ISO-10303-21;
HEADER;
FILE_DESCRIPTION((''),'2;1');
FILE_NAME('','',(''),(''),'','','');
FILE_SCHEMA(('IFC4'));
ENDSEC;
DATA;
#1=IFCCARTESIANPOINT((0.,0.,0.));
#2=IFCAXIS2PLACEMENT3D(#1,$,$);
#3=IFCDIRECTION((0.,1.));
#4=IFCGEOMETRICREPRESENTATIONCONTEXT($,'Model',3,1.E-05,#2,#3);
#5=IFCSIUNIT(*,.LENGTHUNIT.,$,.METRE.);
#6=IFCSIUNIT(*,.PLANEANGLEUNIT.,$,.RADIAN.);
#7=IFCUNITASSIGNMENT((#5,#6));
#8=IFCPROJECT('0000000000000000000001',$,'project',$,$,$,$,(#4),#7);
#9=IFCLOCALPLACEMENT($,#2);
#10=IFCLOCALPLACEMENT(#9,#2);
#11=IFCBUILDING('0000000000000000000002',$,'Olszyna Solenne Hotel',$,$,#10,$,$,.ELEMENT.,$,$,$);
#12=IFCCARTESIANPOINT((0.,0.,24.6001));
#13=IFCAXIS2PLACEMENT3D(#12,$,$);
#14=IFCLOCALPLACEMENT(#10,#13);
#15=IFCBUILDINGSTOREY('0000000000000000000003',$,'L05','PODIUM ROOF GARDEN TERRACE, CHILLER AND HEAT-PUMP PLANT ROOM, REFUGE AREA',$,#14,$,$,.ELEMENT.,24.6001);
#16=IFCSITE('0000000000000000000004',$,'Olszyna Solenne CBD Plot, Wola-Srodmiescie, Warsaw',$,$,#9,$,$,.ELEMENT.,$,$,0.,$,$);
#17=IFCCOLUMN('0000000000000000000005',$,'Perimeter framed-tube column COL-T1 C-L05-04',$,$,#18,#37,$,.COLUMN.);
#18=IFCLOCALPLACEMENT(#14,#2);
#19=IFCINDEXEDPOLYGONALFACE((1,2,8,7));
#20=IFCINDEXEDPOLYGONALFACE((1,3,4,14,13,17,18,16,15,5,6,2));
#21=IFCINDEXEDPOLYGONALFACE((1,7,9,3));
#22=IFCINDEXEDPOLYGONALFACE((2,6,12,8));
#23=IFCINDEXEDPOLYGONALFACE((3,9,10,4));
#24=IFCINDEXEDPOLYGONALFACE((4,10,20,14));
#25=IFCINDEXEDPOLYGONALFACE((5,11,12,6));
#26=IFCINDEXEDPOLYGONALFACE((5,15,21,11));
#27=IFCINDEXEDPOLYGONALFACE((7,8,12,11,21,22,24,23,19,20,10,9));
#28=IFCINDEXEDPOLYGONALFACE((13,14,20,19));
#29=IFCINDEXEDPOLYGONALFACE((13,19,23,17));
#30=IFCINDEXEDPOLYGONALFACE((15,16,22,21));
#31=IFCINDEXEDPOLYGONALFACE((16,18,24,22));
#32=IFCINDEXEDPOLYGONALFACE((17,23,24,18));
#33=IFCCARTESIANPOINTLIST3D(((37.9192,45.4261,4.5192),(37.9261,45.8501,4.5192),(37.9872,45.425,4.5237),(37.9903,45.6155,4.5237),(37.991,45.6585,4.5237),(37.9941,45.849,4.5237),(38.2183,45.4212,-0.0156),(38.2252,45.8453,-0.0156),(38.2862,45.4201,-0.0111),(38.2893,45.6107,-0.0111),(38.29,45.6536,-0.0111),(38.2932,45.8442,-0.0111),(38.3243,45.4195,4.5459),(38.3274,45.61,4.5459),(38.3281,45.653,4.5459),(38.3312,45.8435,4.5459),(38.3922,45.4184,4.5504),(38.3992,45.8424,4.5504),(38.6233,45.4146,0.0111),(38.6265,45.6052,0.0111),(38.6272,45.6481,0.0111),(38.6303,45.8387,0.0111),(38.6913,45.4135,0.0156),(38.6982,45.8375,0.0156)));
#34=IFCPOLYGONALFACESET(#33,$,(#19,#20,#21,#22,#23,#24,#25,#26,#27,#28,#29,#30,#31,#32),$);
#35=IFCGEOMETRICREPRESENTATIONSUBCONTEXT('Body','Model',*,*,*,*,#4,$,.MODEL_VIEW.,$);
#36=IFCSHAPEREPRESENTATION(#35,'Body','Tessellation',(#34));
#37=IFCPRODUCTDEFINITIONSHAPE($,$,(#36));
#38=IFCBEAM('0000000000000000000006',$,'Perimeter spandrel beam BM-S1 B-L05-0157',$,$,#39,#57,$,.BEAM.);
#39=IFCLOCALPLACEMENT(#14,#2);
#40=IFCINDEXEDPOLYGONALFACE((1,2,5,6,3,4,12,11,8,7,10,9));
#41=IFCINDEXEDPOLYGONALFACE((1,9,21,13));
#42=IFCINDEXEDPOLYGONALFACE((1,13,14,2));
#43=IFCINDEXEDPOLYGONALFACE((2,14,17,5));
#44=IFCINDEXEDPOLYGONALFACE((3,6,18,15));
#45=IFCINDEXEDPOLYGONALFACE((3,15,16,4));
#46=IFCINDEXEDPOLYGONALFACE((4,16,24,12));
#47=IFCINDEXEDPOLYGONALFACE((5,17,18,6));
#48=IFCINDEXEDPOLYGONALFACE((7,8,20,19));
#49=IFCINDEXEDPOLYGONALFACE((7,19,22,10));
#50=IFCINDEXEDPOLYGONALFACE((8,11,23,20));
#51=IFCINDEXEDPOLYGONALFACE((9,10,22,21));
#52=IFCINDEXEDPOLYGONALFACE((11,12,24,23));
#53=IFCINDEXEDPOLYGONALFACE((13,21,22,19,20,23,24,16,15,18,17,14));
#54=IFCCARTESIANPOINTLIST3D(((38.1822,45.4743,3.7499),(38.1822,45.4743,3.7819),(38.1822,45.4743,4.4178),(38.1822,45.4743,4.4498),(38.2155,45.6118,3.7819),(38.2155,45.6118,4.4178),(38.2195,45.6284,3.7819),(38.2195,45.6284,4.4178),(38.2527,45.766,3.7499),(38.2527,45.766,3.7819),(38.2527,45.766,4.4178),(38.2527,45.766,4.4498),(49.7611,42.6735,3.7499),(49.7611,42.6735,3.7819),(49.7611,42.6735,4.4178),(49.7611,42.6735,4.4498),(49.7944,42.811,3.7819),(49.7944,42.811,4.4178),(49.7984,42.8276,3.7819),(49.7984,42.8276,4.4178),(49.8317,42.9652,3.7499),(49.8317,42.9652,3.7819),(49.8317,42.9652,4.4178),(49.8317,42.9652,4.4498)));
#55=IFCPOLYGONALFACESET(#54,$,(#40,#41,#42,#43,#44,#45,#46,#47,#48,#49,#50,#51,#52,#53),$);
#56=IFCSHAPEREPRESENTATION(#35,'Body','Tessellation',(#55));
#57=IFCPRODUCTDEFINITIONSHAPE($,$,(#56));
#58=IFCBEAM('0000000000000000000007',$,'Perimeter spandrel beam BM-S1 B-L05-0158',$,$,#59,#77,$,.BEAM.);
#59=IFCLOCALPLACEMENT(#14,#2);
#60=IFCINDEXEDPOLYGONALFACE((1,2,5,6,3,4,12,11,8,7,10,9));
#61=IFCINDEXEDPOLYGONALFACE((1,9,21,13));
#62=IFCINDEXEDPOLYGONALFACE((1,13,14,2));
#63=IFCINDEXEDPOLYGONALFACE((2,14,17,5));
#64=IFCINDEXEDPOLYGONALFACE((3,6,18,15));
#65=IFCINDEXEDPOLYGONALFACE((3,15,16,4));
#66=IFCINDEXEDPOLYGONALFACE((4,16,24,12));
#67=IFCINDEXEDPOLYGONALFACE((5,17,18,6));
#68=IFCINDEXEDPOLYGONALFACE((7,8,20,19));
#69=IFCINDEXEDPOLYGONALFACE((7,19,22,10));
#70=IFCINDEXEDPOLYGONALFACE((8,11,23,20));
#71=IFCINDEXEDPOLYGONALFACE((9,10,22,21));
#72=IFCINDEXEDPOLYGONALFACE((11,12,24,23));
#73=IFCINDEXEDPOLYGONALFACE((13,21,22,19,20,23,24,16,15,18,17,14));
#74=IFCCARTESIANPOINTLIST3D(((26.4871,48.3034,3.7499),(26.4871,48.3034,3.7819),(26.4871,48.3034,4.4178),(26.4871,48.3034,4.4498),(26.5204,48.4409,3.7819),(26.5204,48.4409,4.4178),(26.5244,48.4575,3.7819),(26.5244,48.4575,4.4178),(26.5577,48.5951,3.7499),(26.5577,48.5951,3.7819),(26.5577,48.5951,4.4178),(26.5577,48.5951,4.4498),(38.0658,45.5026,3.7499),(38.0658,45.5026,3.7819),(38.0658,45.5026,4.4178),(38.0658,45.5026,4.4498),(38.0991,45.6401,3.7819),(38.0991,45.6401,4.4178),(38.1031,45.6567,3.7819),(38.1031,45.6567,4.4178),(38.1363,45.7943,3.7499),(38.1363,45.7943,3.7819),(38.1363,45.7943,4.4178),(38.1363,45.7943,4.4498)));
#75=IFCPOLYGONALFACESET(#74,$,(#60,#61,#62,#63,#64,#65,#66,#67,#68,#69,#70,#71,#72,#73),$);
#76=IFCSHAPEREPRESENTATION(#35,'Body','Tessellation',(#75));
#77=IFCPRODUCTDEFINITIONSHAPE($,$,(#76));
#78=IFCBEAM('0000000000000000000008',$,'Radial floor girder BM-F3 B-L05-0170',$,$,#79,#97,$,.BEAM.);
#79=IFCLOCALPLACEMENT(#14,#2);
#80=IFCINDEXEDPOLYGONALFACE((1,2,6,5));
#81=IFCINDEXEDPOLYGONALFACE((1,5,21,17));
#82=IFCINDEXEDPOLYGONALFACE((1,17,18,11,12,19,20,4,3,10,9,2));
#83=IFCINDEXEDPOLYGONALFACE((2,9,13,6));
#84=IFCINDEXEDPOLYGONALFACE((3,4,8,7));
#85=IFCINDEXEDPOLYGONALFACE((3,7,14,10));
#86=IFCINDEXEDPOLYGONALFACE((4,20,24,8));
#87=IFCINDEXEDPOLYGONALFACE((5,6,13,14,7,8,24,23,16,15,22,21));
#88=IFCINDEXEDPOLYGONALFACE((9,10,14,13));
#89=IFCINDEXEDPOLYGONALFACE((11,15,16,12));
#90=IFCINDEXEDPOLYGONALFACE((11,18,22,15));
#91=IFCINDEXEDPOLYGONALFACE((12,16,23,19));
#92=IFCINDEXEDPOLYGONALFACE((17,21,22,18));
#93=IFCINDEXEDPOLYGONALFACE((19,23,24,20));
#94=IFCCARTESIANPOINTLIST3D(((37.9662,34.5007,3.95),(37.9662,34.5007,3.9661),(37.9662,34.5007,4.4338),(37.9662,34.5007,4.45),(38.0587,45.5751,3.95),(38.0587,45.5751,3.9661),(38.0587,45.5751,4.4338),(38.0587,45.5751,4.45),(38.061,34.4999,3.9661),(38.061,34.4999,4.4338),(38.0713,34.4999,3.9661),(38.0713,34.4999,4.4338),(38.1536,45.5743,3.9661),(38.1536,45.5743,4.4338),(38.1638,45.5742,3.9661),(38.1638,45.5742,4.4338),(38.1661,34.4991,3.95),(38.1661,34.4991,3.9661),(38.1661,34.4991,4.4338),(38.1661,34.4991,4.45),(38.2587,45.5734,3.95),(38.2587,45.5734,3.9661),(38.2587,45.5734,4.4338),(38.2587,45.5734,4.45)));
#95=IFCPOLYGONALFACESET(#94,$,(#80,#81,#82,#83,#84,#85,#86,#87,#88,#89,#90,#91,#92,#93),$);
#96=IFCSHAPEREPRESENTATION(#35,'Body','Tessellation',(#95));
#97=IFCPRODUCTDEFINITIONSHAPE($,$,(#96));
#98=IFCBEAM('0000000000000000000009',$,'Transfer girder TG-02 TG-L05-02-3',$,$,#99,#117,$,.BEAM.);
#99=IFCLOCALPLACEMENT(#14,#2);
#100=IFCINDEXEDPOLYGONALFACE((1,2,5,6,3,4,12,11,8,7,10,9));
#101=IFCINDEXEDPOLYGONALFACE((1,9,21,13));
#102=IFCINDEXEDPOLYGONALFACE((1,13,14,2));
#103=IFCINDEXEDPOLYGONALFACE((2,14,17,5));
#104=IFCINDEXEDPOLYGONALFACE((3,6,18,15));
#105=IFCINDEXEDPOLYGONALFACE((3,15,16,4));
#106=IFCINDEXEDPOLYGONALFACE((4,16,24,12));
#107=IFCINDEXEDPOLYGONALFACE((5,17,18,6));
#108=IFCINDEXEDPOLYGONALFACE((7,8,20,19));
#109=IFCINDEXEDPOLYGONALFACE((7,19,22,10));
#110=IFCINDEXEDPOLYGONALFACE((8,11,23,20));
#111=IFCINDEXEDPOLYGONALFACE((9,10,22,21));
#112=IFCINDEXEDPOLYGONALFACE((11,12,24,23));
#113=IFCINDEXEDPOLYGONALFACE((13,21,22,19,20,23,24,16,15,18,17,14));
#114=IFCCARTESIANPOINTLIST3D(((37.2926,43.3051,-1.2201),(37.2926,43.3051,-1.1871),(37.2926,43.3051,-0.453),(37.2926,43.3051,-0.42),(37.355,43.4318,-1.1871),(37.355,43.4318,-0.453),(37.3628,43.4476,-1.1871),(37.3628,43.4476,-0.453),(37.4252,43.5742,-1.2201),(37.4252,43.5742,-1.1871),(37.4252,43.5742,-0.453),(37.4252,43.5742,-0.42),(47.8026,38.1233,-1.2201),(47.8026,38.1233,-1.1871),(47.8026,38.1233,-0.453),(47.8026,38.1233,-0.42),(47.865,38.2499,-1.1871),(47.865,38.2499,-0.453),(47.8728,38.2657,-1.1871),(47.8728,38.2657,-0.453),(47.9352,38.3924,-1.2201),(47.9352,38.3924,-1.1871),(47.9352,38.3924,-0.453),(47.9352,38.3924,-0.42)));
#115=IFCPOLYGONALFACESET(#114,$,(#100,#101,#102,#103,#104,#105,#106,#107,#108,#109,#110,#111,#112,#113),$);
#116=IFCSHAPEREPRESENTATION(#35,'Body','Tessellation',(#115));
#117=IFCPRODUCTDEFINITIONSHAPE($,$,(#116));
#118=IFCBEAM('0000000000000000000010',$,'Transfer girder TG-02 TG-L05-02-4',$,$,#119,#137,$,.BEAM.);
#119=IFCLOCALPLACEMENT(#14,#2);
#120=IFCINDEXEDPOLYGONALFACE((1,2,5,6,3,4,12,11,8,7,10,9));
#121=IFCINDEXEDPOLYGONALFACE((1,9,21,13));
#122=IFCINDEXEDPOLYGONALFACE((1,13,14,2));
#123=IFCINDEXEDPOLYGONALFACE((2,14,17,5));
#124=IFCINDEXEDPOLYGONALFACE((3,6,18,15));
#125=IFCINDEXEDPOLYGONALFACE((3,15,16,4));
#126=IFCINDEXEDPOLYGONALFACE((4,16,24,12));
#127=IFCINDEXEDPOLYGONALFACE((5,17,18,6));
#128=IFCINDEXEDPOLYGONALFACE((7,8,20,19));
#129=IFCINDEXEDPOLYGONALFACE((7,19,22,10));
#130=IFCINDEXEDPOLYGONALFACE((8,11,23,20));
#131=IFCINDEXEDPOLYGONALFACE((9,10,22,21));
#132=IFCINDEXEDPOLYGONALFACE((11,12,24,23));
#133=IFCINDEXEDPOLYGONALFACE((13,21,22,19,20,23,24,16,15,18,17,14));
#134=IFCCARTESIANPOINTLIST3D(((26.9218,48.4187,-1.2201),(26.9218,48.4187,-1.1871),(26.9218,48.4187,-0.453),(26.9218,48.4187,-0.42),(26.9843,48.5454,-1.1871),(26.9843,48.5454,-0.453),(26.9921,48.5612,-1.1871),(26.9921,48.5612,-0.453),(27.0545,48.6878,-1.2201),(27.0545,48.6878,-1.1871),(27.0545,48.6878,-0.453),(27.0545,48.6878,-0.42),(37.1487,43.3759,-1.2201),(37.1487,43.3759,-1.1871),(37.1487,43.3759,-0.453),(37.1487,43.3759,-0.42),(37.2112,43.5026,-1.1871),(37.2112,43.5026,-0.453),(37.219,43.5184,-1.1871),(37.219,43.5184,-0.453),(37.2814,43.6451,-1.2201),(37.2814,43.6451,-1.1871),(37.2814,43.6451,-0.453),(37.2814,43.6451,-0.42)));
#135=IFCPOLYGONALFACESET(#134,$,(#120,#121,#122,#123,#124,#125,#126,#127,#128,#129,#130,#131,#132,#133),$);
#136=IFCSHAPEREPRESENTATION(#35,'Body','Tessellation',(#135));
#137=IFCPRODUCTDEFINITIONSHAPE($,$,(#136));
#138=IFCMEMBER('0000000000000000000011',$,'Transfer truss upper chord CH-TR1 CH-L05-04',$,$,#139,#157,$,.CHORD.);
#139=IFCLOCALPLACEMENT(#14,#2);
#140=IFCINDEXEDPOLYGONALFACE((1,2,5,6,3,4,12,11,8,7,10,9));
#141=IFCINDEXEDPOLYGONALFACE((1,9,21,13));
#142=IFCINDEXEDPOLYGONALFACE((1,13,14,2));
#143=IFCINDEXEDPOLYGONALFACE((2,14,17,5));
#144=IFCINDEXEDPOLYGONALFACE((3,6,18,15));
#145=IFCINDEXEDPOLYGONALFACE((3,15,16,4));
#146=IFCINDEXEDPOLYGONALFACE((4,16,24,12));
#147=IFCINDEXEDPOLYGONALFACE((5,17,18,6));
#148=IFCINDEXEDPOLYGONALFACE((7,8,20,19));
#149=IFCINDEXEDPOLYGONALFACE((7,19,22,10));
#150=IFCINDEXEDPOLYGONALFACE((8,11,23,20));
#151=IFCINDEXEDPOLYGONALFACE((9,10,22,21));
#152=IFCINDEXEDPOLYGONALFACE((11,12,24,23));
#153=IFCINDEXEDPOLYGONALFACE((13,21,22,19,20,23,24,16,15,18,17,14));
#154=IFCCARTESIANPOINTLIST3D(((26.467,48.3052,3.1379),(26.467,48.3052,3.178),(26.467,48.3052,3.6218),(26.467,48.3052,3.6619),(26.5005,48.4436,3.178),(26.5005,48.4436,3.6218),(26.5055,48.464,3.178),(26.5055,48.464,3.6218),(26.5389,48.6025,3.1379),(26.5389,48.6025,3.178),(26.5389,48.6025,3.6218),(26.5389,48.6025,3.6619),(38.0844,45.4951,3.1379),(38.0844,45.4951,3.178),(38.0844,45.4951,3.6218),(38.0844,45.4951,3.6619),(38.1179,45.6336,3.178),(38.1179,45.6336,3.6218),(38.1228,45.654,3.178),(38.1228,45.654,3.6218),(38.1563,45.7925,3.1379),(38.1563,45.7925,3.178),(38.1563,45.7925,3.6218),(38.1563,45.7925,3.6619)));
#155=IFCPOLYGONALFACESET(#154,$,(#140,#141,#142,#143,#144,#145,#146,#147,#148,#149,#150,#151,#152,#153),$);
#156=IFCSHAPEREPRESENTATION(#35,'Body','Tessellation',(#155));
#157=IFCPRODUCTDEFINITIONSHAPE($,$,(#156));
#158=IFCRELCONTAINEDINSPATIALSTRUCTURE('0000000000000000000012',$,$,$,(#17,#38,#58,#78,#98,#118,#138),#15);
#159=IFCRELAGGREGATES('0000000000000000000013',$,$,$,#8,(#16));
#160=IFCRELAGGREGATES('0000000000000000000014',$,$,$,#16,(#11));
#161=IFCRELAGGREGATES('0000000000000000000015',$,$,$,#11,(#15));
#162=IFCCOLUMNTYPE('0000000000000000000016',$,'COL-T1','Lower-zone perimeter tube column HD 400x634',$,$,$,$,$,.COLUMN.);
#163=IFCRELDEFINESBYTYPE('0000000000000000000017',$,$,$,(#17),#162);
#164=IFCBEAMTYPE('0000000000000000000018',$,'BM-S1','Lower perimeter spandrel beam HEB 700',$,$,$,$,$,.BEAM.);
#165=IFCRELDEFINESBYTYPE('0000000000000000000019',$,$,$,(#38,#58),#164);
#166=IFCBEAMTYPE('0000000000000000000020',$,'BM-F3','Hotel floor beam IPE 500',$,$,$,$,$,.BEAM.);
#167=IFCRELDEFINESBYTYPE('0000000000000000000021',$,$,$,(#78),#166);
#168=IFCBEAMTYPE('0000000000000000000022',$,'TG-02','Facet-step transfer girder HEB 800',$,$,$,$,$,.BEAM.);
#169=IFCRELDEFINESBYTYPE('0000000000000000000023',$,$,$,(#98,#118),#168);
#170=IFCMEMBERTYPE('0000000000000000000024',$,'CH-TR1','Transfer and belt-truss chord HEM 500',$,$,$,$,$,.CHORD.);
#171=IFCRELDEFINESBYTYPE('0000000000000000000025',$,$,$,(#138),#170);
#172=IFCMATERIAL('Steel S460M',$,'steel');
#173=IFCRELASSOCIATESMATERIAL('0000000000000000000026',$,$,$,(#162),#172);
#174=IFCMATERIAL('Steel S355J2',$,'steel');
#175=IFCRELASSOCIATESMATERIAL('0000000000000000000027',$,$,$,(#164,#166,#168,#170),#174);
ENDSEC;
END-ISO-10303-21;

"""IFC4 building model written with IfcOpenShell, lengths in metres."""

from ifc_helpers import new_model, si_unit, direction, frame, origin, origin_2d, place, context, subcontext, project, spatial, i_section, extrude, source, transform, mapped, material, material_profile, profile_set, type_object, element, save


model = new_model("IFC4")

# Units and contexts
model_context = context("Model", 3, precision=1e-05, world=origin(), true_north=direction((0.0, 1.0)))
body_context = subcontext(model_context, "Body", "Model", "MODEL_VIEW")
ifc_project = project(units=[si_unit("LENGTHUNIT", "METRE"), si_unit("PLANEANGLEUNIT", "RADIAN")], contexts=[model_context])

# Site, building, storey
site_placement = place(None, origin())
site = spatial("IfcSite", under=ifc_project, at=site_placement, Name="Olszyna Solenne CBD Plot, Wola-Srodmiescie, Warsaw", CompositionType="ELEMENT", RefElevation=0.0)
building_placement = place(site_placement, origin())
building = spatial("IfcBuilding", under=site, at=building_placement, Name="Olszyna Solenne Hotel", CompositionType="ELEMENT")
storey_placement = place(building_placement, frame((0.0, 0.0, 24.6001)))
storey = spatial("IfcBuildingStorey", under=building, at=storey_placement, Name="L05", Description="PODIUM ROOF GARDEN TERRACE, CHILLER AND HEAT-PUMP PLANT ROOM, REFUGE AREA", CompositionType="ELEMENT", Elevation=24.6001)

# Column
ifc_material_1 = material(Name="Steel S460M", Category="steel")
ifc_material_profile_1 = material_profile(ifc_material_1, i_section(OverallWidth=0.4241, OverallDepth=0.4741, WebThickness=0.043, FlangeThickness=0.0681, at=origin_2d()), Name="HD 400x634", Category="load-bearing")
ifc_profile_set_1 = profile_set([ifc_material_profile_1], Name="Steel S460M")
column_type = type_object("IfcColumnType", Name="COL-T1", Description="Lower-zone perimeter tube column HD 400x634", PredefinedType="COLUMN", material=ifc_profile_set_1)
shared_shape_1 = source(origin(), body_context, "Body", "SweptSolid", [
    extrude(i_section(OverallWidth=0.4241, OverallDepth=0.4741, WebThickness=0.043, FlangeThickness=0.0681, at=origin_2d()), origin(), (0.0, 0.0, 1.0), 4.5447),
])
column_placement = place(storey_placement, frame((38.4583, 45.6294, 0.0), z_axis=(-0.065806, 0.001074, 0.997832), x_axis=(-0.016324, -0.999867, 0.0)))
element("IfcColumn", 1, at=column_placement, inside=storey, type_object=column_type, Name="Perimeter framed-tube column COL-T1 C-L05-04", PredefinedType="COLUMN", context=body_context, shape_type="MappedRepresentation", body=[
    mapped(shared_shape_1, transform((0.0, 0.0, 0.0), x_axis=(1.0, 0.0, 0.0), y_axis=(0.0, 1.0, 0.0), z_axis=(0.0, 0.0, 1.0), scale=1.0)),
])

# Beams
ifc_material_2 = material(Name="Steel S355J2", Category="steel")
ifc_material_profile_2 = material_profile(ifc_material_2, i_section(OverallWidth=0.3, OverallDepth=0.7, WebThickness=0.0171, FlangeThickness=0.032, at=origin_2d()), Name="HEB 700", Category="load-bearing")
ifc_profile_set_2 = profile_set([ifc_material_profile_2], Name="Steel S355J2")
beam_type_1 = type_object("IfcBeamType", Name="BM-S1", Description="Lower perimeter spandrel beam HEB 700", PredefinedType="BEAM", material=ifc_profile_set_2)
shared_shape_2 = source(origin(), body_context, "Body", "SweptSolid", [
    extrude(i_section(OverallWidth=0.3, OverallDepth=0.7, WebThickness=0.0171, FlangeThickness=0.032, at=origin_2d()), origin(), (0.0, 0.0, 1.0), 11.9128),
])
beam_1_placement = place(storey_placement, frame((49.7964, 42.8193, 4.0999), z_axis=(-0.971969, 0.235107, 0.0), x_axis=(-0.235107, -0.971969, 0.0)))
element("IfcBeam", 2, at=beam_1_placement, inside=storey, type_object=beam_type_1, Name="Perimeter spandrel beam BM-S1 B-L05-0157", PredefinedType="BEAM", context=body_context, shape_type="MappedRepresentation", body=[
    mapped(shared_shape_2, transform((0.0, 0.0, 0.0), x_axis=(1.0, 0.0, 0.0), y_axis=(0.0, 1.0, 0.0), z_axis=(0.0, 0.0, 1.0), scale=1.0)),
])
shared_shape_3 = source(origin(), body_context, "Body", "SweptSolid", [
    extrude(i_section(OverallWidth=0.3, OverallDepth=0.7, WebThickness=0.0171, FlangeThickness=0.032, at=origin_2d()), origin(), (0.0, 0.0, 1.0), 11.9126),
])
beam_2_placement = place(storey_placement, frame((38.1011, 45.6484, 4.0999), z_axis=(-0.971968, 0.235112, 0.0), x_axis=(-0.235112, -0.971968, 0.0)))
element("IfcBeam", 3, at=beam_2_placement, inside=storey, type_object=beam_type_1, Name="Perimeter spandrel beam BM-S1 B-L05-0158", PredefinedType="BEAM", context=body_context, shape_type="MappedRepresentation", body=[
    mapped(shared_shape_3, transform((0.0, 0.0, 0.0), x_axis=(1.0, 0.0, 0.0), y_axis=(0.0, 1.0, 0.0), z_axis=(0.0, 0.0, 1.0), scale=1.0)),
])
ifc_material_profile_3 = material_profile(ifc_material_2, i_section(OverallWidth=0.2, OverallDepth=0.5, WebThickness=0.0103, FlangeThickness=0.0161, at=origin_2d()), Name="IPE 500", Category="load-bearing")
ifc_profile_set_3 = profile_set([ifc_material_profile_3], Name="Steel S355J2")
beam_type_2 = type_object("IfcBeamType", Name="BM-F3", Description="Hotel floor beam IPE 500", PredefinedType="BEAM", material=ifc_profile_set_3)
shared_shape_4 = source(origin(), body_context, "Body", "SweptSolid", [
    extrude(i_section(OverallWidth=0.2, OverallDepth=0.5, WebThickness=0.0103, FlangeThickness=0.0161, at=origin_2d()), origin(), (0.0, 0.0, 1.0), 11.0747),
])
beam_3_placement = place(storey_placement, frame((38.1587, 45.5742, 4.2), z_axis=(-0.008355, -0.999965, 0.0), x_axis=(0.999965, -0.008355, 0.0)))
element("IfcBeam", 4, at=beam_3_placement, inside=storey, type_object=beam_type_2, Name="Radial floor girder BM-F3 B-L05-0170", PredefinedType="BEAM", context=body_context, shape_type="MappedRepresentation", body=[
    mapped(shared_shape_4, transform((0.0, 0.0, 0.0), x_axis=(1.0, 0.0, 0.0), y_axis=(0.0, 1.0, 0.0), z_axis=(0.0, 0.0, 1.0), scale=1.0)),
])
ifc_material_profile_4 = material_profile(ifc_material_2, i_section(OverallWidth=0.3, OverallDepth=0.8, WebThickness=0.0176, FlangeThickness=0.033, at=origin_2d()), Name="HEB 800", Category="load-bearing")
ifc_profile_set_4 = profile_set([ifc_material_profile_4], Name="Steel S355J2")
beam_type_3 = type_object("IfcBeamType", Name="TG-02", Description="Facet-step transfer girder HEB 800", PredefinedType="BEAM", material=ifc_profile_set_4)
shared_shape_5 = source(origin(), body_context, "Body", "SweptSolid", [
    extrude(i_section(OverallWidth=0.3, OverallDepth=0.8, WebThickness=0.0176, FlangeThickness=0.033, at=origin_2d()), origin(), (0.0, 0.0, 1.0), 11.718),
])
beam_4_placement = place(storey_placement, frame((47.8689, 38.2578, -0.8201), z_axis=(-0.896909, 0.442215, 0.0), x_axis=(-0.442215, -0.896909, 0.0)))
element("IfcBeam", 5, at=beam_4_placement, inside=storey, type_object=beam_type_3, Name="Transfer girder TG-02 TG-L05-02-3", PredefinedType="BEAM", context=body_context, shape_type="MappedRepresentation", body=[
    mapped(shared_shape_5, transform((0.0, 0.0, 0.0), x_axis=(1.0, 0.0, 0.0), y_axis=(0.0, 1.0, 0.0), z_axis=(0.0, 0.0, 1.0), scale=1.0)),
])
shared_shape_6 = source(origin(), body_context, "Body", "SweptSolid", [
    extrude(i_section(OverallWidth=0.3, OverallDepth=0.8, WebThickness=0.0176, FlangeThickness=0.033, at=origin_2d()), origin(), (0.0, 0.0, 1.0), 11.4026),
])
beam_5_placement = place(storey_placement, frame((37.2151, 43.5105, -0.8201), z_axis=(-0.896893, 0.442248, 0.0), x_axis=(-0.442248, -0.896893, 0.0)))
element("IfcBeam", 6, at=beam_5_placement, inside=storey, type_object=beam_type_3, Name="Transfer girder TG-02 TG-L05-02-4", PredefinedType="BEAM", context=body_context, shape_type="MappedRepresentation", body=[
    mapped(shared_shape_6, transform((0.0, 0.0, 0.0), x_axis=(1.0, 0.0, 0.0), y_axis=(0.0, 1.0, 0.0), z_axis=(0.0, 0.0, 1.0), scale=1.0)),
])

# Member
ifc_material_profile_5 = material_profile(ifc_material_2, i_section(OverallWidth=0.3059, OverallDepth=0.5239, WebThickness=0.021, FlangeThickness=0.04, at=origin_2d()), Name="HEM 500", Category="load-bearing")
ifc_profile_set_5 = profile_set([ifc_material_profile_5], Name="Steel S355J2")
member_type_1 = type_object("IfcMemberType", Name="CH-TR1", Description="Transfer and belt-truss chord HEM 500", PredefinedType="CHORD", material=ifc_profile_set_5)
shared_shape_7 = source(origin(), body_context, "Body", "SweptSolid", [
    extrude(i_section(OverallWidth=0.3059, OverallDepth=0.5239, WebThickness=0.021, FlangeThickness=0.04, at=origin_2d()), origin(), (0.0, 0.0, 1.0), 11.9524),
])
member_1_placement = place(storey_placement, frame((38.1204, 45.6438, 3.3999), z_axis=(-0.97197, 0.235103, 0.0), x_axis=(-0.235103, -0.97197, 0.0)))
element("IfcMember", 7, at=member_1_placement, inside=storey, type_object=member_type_1, Name="Transfer truss upper chord CH-TR1 CH-L05-04", PredefinedType="CHORD", context=body_context, shape_type="MappedRepresentation", body=[
    mapped(shared_shape_7, transform((0.0, 0.0, 0.0), x_axis=(1.0, 0.0, 0.0), y_axis=(0.0, 1.0, 0.0), z_axis=(0.0, 0.0, 1.0), scale=1.0)),
])

save(model, "model.ifc")
